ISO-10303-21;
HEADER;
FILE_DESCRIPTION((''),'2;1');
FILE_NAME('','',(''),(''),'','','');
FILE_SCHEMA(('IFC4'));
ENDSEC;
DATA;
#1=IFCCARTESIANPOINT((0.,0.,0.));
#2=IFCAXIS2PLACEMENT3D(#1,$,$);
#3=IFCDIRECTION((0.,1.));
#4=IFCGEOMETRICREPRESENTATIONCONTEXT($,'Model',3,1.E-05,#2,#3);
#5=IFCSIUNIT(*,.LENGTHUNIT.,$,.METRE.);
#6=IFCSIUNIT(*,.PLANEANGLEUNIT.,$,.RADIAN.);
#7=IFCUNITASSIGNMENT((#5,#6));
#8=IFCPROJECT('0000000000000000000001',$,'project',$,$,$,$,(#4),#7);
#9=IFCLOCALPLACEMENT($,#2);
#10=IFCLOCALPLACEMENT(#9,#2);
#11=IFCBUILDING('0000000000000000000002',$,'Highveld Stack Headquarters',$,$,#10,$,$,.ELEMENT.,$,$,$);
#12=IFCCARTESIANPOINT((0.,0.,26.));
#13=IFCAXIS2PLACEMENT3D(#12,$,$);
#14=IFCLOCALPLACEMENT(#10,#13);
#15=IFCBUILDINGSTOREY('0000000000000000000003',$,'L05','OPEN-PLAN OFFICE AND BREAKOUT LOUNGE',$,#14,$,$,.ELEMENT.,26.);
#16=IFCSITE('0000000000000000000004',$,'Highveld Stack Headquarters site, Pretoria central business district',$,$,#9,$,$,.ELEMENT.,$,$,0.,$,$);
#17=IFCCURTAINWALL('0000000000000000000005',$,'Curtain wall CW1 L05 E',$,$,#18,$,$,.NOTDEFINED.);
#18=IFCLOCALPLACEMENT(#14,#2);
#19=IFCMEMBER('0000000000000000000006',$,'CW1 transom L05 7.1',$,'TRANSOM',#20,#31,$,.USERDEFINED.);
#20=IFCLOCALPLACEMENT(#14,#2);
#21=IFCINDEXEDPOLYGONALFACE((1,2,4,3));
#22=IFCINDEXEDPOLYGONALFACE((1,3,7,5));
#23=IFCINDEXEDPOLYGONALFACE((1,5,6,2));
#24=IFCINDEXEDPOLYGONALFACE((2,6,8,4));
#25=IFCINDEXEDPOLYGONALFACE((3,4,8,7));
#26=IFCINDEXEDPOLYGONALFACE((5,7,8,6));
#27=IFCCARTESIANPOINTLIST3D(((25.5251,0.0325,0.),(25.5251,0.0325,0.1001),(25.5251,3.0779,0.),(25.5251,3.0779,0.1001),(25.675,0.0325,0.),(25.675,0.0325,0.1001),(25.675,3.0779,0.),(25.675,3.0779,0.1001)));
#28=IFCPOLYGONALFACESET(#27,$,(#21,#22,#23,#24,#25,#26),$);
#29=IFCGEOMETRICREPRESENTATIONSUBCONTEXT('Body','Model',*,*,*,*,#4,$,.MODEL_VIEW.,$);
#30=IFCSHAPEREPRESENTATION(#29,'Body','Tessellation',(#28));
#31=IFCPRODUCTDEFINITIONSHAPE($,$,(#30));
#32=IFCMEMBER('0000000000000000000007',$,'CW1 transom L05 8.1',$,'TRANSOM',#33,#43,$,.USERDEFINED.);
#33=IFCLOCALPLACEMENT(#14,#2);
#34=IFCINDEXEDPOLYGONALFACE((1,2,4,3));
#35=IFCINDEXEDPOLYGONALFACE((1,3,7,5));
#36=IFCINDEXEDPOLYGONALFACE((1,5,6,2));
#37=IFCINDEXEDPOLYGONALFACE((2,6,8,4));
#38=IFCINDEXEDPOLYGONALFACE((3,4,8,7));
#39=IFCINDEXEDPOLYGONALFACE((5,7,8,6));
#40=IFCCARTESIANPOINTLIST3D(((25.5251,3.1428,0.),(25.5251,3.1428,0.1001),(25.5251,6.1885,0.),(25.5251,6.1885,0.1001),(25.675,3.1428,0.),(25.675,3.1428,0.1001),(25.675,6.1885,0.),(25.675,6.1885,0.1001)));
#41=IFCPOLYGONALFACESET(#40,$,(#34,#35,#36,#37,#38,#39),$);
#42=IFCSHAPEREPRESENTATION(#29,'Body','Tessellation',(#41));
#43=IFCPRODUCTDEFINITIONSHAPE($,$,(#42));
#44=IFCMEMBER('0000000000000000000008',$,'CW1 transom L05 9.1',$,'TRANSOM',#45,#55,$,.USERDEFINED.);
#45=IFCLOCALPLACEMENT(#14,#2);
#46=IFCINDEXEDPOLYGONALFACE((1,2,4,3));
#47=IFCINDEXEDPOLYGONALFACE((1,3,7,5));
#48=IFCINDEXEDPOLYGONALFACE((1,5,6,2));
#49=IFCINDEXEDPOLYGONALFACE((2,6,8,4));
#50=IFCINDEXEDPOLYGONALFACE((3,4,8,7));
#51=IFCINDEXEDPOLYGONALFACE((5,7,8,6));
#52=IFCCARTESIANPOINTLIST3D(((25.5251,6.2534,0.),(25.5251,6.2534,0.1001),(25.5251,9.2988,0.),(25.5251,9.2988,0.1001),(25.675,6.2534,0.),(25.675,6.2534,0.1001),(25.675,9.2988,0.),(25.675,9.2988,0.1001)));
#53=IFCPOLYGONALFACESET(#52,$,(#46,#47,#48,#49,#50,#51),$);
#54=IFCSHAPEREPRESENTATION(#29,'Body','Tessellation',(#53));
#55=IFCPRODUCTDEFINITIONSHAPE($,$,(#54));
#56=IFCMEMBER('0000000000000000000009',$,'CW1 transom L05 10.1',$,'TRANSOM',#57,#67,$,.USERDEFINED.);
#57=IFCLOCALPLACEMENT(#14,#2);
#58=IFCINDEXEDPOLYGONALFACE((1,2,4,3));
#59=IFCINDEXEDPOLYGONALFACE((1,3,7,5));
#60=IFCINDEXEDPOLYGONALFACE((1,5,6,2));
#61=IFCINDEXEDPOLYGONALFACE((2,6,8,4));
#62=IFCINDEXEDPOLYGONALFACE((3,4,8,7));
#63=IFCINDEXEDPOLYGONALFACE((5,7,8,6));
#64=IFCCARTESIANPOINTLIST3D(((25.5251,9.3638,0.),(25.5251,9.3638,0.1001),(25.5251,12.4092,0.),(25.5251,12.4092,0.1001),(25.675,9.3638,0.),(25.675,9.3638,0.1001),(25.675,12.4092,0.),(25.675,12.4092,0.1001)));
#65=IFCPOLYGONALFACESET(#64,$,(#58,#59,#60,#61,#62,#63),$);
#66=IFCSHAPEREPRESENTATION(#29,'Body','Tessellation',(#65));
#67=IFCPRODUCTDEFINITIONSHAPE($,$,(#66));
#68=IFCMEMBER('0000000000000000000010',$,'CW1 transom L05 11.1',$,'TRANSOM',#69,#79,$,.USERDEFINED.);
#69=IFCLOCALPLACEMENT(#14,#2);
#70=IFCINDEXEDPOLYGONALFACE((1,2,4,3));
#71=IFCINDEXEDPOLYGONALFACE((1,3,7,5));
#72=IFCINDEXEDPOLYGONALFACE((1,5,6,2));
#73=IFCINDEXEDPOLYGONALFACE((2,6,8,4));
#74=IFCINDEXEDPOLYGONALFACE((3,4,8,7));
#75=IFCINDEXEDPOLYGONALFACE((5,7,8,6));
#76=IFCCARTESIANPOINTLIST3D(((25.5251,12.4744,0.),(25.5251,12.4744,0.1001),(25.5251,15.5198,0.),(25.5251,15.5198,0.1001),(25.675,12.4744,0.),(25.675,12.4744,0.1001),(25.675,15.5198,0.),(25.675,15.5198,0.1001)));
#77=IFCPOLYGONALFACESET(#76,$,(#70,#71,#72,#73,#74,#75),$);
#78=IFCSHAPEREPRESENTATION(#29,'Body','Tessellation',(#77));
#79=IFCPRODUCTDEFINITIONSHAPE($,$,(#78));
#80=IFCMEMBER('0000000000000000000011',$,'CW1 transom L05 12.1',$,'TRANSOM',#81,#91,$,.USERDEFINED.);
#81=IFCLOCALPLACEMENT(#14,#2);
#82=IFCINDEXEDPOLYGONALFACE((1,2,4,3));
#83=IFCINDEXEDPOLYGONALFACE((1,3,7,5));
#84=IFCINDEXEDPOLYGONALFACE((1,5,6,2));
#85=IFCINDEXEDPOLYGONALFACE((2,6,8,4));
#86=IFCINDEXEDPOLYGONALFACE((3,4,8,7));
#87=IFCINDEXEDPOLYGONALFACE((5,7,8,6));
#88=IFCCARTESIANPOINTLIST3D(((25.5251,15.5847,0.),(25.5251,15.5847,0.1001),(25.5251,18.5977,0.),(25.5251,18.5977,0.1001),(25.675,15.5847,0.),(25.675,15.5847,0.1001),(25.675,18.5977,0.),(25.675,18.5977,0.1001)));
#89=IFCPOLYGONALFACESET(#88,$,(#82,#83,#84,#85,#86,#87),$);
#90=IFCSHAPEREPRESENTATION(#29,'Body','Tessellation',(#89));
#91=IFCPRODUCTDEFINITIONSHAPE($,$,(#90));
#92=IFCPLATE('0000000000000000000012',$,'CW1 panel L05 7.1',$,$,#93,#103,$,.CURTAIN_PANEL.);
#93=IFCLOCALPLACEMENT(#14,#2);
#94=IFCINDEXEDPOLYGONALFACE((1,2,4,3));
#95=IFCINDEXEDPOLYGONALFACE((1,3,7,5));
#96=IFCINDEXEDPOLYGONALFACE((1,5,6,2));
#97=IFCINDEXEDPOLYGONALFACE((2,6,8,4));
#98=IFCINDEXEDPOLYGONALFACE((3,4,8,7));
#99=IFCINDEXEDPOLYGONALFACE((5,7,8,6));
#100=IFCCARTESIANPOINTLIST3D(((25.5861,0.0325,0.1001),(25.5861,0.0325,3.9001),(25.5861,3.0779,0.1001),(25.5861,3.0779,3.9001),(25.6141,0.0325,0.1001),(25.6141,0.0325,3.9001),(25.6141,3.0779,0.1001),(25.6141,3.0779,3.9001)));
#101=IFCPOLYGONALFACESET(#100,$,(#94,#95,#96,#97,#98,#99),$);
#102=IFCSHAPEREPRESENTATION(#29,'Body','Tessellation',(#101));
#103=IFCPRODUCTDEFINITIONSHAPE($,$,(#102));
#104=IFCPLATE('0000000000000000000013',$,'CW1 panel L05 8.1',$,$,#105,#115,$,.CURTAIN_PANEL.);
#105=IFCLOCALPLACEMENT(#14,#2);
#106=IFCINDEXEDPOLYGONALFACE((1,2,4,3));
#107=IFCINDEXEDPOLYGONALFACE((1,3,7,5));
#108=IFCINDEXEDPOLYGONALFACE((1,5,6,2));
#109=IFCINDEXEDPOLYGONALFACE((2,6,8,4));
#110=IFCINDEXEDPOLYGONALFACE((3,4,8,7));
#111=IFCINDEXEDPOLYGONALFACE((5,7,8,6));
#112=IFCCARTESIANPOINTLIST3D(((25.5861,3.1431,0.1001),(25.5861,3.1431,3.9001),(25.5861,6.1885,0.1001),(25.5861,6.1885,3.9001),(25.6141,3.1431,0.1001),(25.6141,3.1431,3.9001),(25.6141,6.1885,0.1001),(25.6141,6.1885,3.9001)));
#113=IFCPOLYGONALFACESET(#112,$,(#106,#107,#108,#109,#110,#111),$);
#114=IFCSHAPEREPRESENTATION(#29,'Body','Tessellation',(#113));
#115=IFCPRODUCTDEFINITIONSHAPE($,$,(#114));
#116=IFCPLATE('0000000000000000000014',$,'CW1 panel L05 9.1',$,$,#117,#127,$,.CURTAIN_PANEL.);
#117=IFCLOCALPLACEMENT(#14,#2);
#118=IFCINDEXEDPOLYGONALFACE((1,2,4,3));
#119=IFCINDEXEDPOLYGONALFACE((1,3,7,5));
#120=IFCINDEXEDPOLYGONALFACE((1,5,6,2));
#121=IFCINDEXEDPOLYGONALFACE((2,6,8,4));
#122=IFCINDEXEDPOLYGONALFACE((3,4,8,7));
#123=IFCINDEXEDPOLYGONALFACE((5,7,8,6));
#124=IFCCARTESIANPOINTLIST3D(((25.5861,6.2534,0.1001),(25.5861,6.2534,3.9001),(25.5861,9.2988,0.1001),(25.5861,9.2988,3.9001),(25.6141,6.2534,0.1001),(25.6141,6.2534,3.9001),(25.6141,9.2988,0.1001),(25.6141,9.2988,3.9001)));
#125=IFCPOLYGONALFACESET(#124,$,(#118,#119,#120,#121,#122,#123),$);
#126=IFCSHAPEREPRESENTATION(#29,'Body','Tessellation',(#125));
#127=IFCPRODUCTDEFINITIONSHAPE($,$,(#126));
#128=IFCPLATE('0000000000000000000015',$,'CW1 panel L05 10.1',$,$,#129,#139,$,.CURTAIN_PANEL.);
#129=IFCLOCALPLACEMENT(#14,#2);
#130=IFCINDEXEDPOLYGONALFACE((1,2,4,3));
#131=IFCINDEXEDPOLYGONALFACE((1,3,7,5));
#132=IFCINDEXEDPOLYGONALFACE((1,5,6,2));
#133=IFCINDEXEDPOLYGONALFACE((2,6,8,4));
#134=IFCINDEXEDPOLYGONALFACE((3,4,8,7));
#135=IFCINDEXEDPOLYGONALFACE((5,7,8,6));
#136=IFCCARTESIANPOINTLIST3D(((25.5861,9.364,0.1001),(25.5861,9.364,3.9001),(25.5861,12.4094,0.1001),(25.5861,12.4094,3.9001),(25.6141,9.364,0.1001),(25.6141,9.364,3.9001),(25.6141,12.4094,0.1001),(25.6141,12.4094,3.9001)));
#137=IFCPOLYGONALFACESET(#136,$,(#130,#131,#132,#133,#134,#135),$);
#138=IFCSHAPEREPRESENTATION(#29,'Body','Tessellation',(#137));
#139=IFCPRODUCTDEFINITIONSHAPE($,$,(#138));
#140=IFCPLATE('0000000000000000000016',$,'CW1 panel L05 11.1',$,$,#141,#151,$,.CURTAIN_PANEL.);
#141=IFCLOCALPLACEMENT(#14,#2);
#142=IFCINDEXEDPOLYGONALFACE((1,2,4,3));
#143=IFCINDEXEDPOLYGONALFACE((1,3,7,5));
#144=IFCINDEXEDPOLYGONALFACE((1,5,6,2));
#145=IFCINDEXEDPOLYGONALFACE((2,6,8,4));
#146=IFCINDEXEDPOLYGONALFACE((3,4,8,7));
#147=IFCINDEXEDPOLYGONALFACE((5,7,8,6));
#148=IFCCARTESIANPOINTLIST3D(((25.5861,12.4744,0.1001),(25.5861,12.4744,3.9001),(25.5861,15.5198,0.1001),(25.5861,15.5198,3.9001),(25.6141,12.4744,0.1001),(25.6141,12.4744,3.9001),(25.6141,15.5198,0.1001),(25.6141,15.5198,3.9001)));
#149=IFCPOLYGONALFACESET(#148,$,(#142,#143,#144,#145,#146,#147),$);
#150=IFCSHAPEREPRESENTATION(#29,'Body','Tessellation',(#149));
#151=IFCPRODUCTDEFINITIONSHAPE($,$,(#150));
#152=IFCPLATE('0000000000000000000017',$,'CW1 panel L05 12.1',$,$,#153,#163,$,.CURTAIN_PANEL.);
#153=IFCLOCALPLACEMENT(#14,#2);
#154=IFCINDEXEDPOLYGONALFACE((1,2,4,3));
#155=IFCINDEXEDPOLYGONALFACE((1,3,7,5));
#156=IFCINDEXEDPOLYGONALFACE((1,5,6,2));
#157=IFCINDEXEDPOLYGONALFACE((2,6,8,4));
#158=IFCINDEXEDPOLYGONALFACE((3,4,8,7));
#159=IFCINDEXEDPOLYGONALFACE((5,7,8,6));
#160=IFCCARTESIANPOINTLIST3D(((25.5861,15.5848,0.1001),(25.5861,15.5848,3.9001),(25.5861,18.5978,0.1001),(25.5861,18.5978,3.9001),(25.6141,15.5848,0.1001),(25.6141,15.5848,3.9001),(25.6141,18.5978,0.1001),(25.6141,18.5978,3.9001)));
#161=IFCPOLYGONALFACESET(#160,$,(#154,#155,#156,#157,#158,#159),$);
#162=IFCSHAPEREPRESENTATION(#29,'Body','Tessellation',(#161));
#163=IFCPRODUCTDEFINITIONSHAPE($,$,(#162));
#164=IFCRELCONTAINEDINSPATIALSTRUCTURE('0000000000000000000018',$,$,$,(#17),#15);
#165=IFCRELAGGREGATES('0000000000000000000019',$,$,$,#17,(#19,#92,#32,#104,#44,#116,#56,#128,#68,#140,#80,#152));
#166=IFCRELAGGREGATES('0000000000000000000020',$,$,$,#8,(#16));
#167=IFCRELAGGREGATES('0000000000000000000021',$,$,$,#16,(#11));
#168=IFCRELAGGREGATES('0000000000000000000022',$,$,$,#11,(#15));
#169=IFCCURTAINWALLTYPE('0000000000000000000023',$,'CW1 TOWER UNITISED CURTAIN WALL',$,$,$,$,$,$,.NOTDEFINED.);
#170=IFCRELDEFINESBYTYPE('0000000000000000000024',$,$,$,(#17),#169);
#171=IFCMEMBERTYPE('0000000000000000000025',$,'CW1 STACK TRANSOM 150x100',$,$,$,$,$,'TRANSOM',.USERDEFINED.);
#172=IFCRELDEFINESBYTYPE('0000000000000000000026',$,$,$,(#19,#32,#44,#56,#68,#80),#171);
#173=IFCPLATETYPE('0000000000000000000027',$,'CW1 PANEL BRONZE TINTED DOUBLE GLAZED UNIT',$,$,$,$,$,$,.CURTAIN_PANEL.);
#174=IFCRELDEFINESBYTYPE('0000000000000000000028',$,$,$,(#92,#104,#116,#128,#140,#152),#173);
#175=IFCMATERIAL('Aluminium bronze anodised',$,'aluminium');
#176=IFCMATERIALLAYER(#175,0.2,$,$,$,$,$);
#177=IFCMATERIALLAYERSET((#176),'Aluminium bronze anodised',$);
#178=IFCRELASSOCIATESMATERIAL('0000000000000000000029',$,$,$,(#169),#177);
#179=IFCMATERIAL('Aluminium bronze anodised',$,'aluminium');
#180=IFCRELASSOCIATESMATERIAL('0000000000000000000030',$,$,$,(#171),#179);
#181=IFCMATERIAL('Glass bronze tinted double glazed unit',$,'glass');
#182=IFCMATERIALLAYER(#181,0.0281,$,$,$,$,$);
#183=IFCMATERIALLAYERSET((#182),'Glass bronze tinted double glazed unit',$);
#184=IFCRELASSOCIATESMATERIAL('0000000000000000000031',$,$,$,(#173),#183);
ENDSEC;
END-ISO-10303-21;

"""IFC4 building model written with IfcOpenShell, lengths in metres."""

from ifc_helpers import new_model, si_unit, direction, frame, origin, origin_2d, place, context, subcontext, project, spatial, rectangle, extrude, material, layer, layer_set, material_profile, profile_set, type_object, element, aggregate, save


model = new_model("IFC4")

# Units and contexts
model_context = context("Model", 3, precision=1e-05, world=origin(), true_north=direction((0.0, 1.0)))
body_context = subcontext(model_context, "Body", "Model", "MODEL_VIEW")
ifc_project = project(units=[si_unit("LENGTHUNIT", "METRE"), si_unit("PLANEANGLEUNIT", "RADIAN")], contexts=[model_context])

# Site, building, storey
site_placement = place(None, origin())
site = spatial("IfcSite", under=ifc_project, at=site_placement, Name="Highveld Stack Headquarters site, Pretoria central business district", CompositionType="ELEMENT", RefElevation=0.0)
building_placement = place(site_placement, origin())
building = spatial("IfcBuilding", under=site, at=building_placement, Name="Highveld Stack Headquarters", CompositionType="ELEMENT")
storey_placement = place(building_placement, frame((0.0, 0.0, 26.0)))
storey = spatial("IfcBuildingStorey", under=building, at=storey_placement, Name="L05", Description="OPEN-PLAN OFFICE AND BREAKOUT LOUNGE", CompositionType="ELEMENT", Elevation=26.0)

# Curtain wall, members, plates
ifc_material_1 = material(Name="Aluminium bronze anodised", Category="aluminium")
ifc_layer_1 = layer(ifc_material_1, 0.2)
ifc_layer_set_1 = layer_set([ifc_layer_1], Name="Aluminium bronze anodised")
curtain_wall_type = type_object("IfcCurtainWallType", Name="CW1 TOWER UNITISED CURTAIN WALL", PredefinedType="NOTDEFINED", material=ifc_layer_set_1)
curtain_wall_placement = place(storey_placement, origin())
curtain_wall = element("IfcCurtainWall", 1, at=curtain_wall_placement, inside=storey, type_object=curtain_wall_type, Name="Curtain wall CW1 L05 E", PredefinedType="NOTDEFINED")
ifc_material_2 = material(Name="Aluminium bronze anodised", Category="aluminium")
ifc_material_profile_1 = material_profile(ifc_material_2, rectangle(XDim=0.1499, YDim=0.1001, at=origin_2d()), Name="CW1 TRANSOM 150x100")
ifc_profile_set_1 = profile_set([ifc_material_profile_1], Name="Aluminium bronze anodised")
member_type_1 = type_object("IfcMemberType", Name="CW1 STACK TRANSOM 150x100", ElementType="TRANSOM", PredefinedType="USERDEFINED", material=ifc_profile_set_1)
member_1_placement = place(storey_placement, frame((25.6001, 0.0325, 0.05), z_axis=(0.0, 1.0, 0.0), x_axis=(-1.0, 0.0, 0.0)))
member_1 = element("IfcMember", 2, at=member_1_placement, type_object=member_type_1, Name="CW1 transom L05 7.1", ObjectType="TRANSOM", PredefinedType="USERDEFINED", context=body_context, shape_type="SweptSolid", body=[
    extrude(rectangle(XDim=0.1499, YDim=0.1001, at=origin_2d()), origin(), (0.0, 0.0, 1.0), 3.0454),
])
member_2_placement = place(storey_placement, frame((25.6001, 3.1428, 0.05), z_axis=(0.0, 1.0, 0.0), x_axis=(-1.0, 0.0, 0.0)))
member_2 = element("IfcMember", 3, at=member_2_placement, type_object=member_type_1, Name="CW1 transom L05 8.1", ObjectType="TRANSOM", PredefinedType="USERDEFINED", context=body_context, shape_type="SweptSolid", body=[
    extrude(rectangle(XDim=0.1499, YDim=0.1001, at=origin_2d()), origin(), (0.0, 0.0, 1.0), 3.0457),
])
member_3_placement = place(storey_placement, frame((25.6001, 6.2534, 0.05), z_axis=(0.0, 1.0, 0.0), x_axis=(-1.0, 0.0, 0.0)))
member_3 = element("IfcMember", 4, at=member_3_placement, type_object=member_type_1, Name="CW1 transom L05 9.1", ObjectType="TRANSOM", PredefinedType="USERDEFINED", context=body_context, shape_type="SweptSolid", body=[
    extrude(rectangle(XDim=0.1499, YDim=0.1001, at=origin_2d()), origin(), (0.0, 0.0, 1.0), 3.0454),
])
member_4_placement = place(storey_placement, frame((25.6001, 9.3638, 0.05), z_axis=(0.0, 1.0, 0.0), x_axis=(-1.0, 0.0, 0.0)))
member_4 = element("IfcMember", 5, at=member_4_placement, type_object=member_type_1, Name="CW1 transom L05 10.1", ObjectType="TRANSOM", PredefinedType="USERDEFINED", context=body_context, shape_type="SweptSolid", body=[
    extrude(rectangle(XDim=0.1499, YDim=0.1001, at=origin_2d()), origin(), (0.0, 0.0, 1.0), 3.0454),
])
member_5_placement = place(storey_placement, frame((25.6001, 12.4744, 0.05), z_axis=(0.0, 1.0, 0.0), x_axis=(-1.0, 0.0, 0.0)))
member_5 = element("IfcMember", 6, at=member_5_placement, type_object=member_type_1, Name="CW1 transom L05 11.1", ObjectType="TRANSOM", PredefinedType="USERDEFINED", context=body_context, shape_type="SweptSolid", body=[
    extrude(rectangle(XDim=0.1499, YDim=0.1001, at=origin_2d()), origin(), (0.0, 0.0, 1.0), 3.0454),
])
member_6_placement = place(storey_placement, frame((25.6001, 15.5847, 0.05), z_axis=(0.0, 1.0, 0.0), x_axis=(-1.0, 0.0, 0.0)))
member_6 = element("IfcMember", 7, at=member_6_placement, type_object=member_type_1, Name="CW1 transom L05 12.1", ObjectType="TRANSOM", PredefinedType="USERDEFINED", context=body_context, shape_type="SweptSolid", body=[
    extrude(rectangle(XDim=0.1499, YDim=0.1001, at=origin_2d()), origin(), (0.0, 0.0, 1.0), 3.0129),
])
ifc_material_3 = material(Name="Glass bronze tinted double glazed unit", Category="glass")
ifc_layer_2 = layer(ifc_material_3, 0.0281)
ifc_layer_set_2 = layer_set([ifc_layer_2], Name="Glass bronze tinted double glazed unit")
plate_type = type_object("IfcPlateType", Name="CW1 PANEL BRONZE TINTED DOUBLE GLAZED UNIT", PredefinedType="CURTAIN_PANEL", material=ifc_layer_set_2)
plate_1_placement = place(storey_placement, frame((25.6001, 1.5552, 0.1001), z_axis=(0.0, 0.0, 1.0), x_axis=(0.0, 1.0, 0.0)))
plate_1 = element("IfcPlate", 8, at=plate_1_placement, type_object=plate_type, Name="CW1 panel L05 7.1", PredefinedType="CURTAIN_PANEL", context=body_context, shape_type="SweptSolid", body=[
    extrude(rectangle(XDim=3.0454, YDim=0.0281, at=origin_2d()), origin(), (0.0, 0.0, 1.0), 3.8),
])
plate_2_placement = place(storey_placement, frame((25.6001, 4.6658, 0.1001), z_axis=(0.0, 0.0, 1.0), x_axis=(0.0, 1.0, 0.0)))
plate_2 = element("IfcPlate", 9, at=plate_2_placement, type_object=plate_type, Name="CW1 panel L05 8.1", PredefinedType="CURTAIN_PANEL", context=body_context, shape_type="SweptSolid", body=[
    extrude(rectangle(XDim=3.0454, YDim=0.0281, at=origin_2d()), origin(), (0.0, 0.0, 1.0), 3.8),
])
plate_3_placement = place(storey_placement, frame((25.6001, 7.7761, 0.1001), z_axis=(0.0, 0.0, 1.0), x_axis=(0.0, 1.0, 0.0)))
plate_3 = element("IfcPlate", 10, at=plate_3_placement, type_object=plate_type, Name="CW1 panel L05 9.1", PredefinedType="CURTAIN_PANEL", context=body_context, shape_type="SweptSolid", body=[
    extrude(rectangle(XDim=3.0454, YDim=0.0281, at=origin_2d()), origin(), (0.0, 0.0, 1.0), 3.8),
])
plate_4_placement = place(storey_placement, frame((25.6001, 10.8867, 0.1001), z_axis=(0.0, 0.0, 1.0), x_axis=(0.0, 1.0, 0.0)))
plate_4 = element("IfcPlate", 11, at=plate_4_placement, type_object=plate_type, Name="CW1 panel L05 10.1", PredefinedType="CURTAIN_PANEL", context=body_context, shape_type="SweptSolid", body=[
    extrude(rectangle(XDim=3.0454, YDim=0.0281, at=origin_2d()), origin(), (0.0, 0.0, 1.0), 3.8),
])
plate_5_placement = place(storey_placement, frame((25.6001, 13.9971, 0.1001), z_axis=(0.0, 0.0, 1.0), x_axis=(0.0, 1.0, 0.0)))
plate_5 = element("IfcPlate", 12, at=plate_5_placement, type_object=plate_type, Name="CW1 panel L05 11.1", PredefinedType="CURTAIN_PANEL", context=body_context, shape_type="SweptSolid", body=[
    extrude(rectangle(XDim=3.0454, YDim=0.0281, at=origin_2d()), origin(), (0.0, 0.0, 1.0), 3.8),
])
plate_6_placement = place(storey_placement, frame((25.6001, 17.0913, 0.1001), z_axis=(0.0, 0.0, 1.0), x_axis=(0.0, 1.0, 0.0)))
plate_6 = element("IfcPlate", 13, at=plate_6_placement, type_object=plate_type, Name="CW1 panel L05 12.1", PredefinedType="CURTAIN_PANEL", context=body_context, shape_type="SweptSolid", body=[
    extrude(rectangle(XDim=3.0129, YDim=0.0281, at=origin_2d()), origin(), (0.0, 0.0, 1.0), 3.8),
])
aggregate(curtain_wall, [member_1, plate_1, member_2, plate_2, member_3, plate_3, member_4, plate_4, member_5, plate_5, member_6, plate_6])

save(model, "model.ifc")
